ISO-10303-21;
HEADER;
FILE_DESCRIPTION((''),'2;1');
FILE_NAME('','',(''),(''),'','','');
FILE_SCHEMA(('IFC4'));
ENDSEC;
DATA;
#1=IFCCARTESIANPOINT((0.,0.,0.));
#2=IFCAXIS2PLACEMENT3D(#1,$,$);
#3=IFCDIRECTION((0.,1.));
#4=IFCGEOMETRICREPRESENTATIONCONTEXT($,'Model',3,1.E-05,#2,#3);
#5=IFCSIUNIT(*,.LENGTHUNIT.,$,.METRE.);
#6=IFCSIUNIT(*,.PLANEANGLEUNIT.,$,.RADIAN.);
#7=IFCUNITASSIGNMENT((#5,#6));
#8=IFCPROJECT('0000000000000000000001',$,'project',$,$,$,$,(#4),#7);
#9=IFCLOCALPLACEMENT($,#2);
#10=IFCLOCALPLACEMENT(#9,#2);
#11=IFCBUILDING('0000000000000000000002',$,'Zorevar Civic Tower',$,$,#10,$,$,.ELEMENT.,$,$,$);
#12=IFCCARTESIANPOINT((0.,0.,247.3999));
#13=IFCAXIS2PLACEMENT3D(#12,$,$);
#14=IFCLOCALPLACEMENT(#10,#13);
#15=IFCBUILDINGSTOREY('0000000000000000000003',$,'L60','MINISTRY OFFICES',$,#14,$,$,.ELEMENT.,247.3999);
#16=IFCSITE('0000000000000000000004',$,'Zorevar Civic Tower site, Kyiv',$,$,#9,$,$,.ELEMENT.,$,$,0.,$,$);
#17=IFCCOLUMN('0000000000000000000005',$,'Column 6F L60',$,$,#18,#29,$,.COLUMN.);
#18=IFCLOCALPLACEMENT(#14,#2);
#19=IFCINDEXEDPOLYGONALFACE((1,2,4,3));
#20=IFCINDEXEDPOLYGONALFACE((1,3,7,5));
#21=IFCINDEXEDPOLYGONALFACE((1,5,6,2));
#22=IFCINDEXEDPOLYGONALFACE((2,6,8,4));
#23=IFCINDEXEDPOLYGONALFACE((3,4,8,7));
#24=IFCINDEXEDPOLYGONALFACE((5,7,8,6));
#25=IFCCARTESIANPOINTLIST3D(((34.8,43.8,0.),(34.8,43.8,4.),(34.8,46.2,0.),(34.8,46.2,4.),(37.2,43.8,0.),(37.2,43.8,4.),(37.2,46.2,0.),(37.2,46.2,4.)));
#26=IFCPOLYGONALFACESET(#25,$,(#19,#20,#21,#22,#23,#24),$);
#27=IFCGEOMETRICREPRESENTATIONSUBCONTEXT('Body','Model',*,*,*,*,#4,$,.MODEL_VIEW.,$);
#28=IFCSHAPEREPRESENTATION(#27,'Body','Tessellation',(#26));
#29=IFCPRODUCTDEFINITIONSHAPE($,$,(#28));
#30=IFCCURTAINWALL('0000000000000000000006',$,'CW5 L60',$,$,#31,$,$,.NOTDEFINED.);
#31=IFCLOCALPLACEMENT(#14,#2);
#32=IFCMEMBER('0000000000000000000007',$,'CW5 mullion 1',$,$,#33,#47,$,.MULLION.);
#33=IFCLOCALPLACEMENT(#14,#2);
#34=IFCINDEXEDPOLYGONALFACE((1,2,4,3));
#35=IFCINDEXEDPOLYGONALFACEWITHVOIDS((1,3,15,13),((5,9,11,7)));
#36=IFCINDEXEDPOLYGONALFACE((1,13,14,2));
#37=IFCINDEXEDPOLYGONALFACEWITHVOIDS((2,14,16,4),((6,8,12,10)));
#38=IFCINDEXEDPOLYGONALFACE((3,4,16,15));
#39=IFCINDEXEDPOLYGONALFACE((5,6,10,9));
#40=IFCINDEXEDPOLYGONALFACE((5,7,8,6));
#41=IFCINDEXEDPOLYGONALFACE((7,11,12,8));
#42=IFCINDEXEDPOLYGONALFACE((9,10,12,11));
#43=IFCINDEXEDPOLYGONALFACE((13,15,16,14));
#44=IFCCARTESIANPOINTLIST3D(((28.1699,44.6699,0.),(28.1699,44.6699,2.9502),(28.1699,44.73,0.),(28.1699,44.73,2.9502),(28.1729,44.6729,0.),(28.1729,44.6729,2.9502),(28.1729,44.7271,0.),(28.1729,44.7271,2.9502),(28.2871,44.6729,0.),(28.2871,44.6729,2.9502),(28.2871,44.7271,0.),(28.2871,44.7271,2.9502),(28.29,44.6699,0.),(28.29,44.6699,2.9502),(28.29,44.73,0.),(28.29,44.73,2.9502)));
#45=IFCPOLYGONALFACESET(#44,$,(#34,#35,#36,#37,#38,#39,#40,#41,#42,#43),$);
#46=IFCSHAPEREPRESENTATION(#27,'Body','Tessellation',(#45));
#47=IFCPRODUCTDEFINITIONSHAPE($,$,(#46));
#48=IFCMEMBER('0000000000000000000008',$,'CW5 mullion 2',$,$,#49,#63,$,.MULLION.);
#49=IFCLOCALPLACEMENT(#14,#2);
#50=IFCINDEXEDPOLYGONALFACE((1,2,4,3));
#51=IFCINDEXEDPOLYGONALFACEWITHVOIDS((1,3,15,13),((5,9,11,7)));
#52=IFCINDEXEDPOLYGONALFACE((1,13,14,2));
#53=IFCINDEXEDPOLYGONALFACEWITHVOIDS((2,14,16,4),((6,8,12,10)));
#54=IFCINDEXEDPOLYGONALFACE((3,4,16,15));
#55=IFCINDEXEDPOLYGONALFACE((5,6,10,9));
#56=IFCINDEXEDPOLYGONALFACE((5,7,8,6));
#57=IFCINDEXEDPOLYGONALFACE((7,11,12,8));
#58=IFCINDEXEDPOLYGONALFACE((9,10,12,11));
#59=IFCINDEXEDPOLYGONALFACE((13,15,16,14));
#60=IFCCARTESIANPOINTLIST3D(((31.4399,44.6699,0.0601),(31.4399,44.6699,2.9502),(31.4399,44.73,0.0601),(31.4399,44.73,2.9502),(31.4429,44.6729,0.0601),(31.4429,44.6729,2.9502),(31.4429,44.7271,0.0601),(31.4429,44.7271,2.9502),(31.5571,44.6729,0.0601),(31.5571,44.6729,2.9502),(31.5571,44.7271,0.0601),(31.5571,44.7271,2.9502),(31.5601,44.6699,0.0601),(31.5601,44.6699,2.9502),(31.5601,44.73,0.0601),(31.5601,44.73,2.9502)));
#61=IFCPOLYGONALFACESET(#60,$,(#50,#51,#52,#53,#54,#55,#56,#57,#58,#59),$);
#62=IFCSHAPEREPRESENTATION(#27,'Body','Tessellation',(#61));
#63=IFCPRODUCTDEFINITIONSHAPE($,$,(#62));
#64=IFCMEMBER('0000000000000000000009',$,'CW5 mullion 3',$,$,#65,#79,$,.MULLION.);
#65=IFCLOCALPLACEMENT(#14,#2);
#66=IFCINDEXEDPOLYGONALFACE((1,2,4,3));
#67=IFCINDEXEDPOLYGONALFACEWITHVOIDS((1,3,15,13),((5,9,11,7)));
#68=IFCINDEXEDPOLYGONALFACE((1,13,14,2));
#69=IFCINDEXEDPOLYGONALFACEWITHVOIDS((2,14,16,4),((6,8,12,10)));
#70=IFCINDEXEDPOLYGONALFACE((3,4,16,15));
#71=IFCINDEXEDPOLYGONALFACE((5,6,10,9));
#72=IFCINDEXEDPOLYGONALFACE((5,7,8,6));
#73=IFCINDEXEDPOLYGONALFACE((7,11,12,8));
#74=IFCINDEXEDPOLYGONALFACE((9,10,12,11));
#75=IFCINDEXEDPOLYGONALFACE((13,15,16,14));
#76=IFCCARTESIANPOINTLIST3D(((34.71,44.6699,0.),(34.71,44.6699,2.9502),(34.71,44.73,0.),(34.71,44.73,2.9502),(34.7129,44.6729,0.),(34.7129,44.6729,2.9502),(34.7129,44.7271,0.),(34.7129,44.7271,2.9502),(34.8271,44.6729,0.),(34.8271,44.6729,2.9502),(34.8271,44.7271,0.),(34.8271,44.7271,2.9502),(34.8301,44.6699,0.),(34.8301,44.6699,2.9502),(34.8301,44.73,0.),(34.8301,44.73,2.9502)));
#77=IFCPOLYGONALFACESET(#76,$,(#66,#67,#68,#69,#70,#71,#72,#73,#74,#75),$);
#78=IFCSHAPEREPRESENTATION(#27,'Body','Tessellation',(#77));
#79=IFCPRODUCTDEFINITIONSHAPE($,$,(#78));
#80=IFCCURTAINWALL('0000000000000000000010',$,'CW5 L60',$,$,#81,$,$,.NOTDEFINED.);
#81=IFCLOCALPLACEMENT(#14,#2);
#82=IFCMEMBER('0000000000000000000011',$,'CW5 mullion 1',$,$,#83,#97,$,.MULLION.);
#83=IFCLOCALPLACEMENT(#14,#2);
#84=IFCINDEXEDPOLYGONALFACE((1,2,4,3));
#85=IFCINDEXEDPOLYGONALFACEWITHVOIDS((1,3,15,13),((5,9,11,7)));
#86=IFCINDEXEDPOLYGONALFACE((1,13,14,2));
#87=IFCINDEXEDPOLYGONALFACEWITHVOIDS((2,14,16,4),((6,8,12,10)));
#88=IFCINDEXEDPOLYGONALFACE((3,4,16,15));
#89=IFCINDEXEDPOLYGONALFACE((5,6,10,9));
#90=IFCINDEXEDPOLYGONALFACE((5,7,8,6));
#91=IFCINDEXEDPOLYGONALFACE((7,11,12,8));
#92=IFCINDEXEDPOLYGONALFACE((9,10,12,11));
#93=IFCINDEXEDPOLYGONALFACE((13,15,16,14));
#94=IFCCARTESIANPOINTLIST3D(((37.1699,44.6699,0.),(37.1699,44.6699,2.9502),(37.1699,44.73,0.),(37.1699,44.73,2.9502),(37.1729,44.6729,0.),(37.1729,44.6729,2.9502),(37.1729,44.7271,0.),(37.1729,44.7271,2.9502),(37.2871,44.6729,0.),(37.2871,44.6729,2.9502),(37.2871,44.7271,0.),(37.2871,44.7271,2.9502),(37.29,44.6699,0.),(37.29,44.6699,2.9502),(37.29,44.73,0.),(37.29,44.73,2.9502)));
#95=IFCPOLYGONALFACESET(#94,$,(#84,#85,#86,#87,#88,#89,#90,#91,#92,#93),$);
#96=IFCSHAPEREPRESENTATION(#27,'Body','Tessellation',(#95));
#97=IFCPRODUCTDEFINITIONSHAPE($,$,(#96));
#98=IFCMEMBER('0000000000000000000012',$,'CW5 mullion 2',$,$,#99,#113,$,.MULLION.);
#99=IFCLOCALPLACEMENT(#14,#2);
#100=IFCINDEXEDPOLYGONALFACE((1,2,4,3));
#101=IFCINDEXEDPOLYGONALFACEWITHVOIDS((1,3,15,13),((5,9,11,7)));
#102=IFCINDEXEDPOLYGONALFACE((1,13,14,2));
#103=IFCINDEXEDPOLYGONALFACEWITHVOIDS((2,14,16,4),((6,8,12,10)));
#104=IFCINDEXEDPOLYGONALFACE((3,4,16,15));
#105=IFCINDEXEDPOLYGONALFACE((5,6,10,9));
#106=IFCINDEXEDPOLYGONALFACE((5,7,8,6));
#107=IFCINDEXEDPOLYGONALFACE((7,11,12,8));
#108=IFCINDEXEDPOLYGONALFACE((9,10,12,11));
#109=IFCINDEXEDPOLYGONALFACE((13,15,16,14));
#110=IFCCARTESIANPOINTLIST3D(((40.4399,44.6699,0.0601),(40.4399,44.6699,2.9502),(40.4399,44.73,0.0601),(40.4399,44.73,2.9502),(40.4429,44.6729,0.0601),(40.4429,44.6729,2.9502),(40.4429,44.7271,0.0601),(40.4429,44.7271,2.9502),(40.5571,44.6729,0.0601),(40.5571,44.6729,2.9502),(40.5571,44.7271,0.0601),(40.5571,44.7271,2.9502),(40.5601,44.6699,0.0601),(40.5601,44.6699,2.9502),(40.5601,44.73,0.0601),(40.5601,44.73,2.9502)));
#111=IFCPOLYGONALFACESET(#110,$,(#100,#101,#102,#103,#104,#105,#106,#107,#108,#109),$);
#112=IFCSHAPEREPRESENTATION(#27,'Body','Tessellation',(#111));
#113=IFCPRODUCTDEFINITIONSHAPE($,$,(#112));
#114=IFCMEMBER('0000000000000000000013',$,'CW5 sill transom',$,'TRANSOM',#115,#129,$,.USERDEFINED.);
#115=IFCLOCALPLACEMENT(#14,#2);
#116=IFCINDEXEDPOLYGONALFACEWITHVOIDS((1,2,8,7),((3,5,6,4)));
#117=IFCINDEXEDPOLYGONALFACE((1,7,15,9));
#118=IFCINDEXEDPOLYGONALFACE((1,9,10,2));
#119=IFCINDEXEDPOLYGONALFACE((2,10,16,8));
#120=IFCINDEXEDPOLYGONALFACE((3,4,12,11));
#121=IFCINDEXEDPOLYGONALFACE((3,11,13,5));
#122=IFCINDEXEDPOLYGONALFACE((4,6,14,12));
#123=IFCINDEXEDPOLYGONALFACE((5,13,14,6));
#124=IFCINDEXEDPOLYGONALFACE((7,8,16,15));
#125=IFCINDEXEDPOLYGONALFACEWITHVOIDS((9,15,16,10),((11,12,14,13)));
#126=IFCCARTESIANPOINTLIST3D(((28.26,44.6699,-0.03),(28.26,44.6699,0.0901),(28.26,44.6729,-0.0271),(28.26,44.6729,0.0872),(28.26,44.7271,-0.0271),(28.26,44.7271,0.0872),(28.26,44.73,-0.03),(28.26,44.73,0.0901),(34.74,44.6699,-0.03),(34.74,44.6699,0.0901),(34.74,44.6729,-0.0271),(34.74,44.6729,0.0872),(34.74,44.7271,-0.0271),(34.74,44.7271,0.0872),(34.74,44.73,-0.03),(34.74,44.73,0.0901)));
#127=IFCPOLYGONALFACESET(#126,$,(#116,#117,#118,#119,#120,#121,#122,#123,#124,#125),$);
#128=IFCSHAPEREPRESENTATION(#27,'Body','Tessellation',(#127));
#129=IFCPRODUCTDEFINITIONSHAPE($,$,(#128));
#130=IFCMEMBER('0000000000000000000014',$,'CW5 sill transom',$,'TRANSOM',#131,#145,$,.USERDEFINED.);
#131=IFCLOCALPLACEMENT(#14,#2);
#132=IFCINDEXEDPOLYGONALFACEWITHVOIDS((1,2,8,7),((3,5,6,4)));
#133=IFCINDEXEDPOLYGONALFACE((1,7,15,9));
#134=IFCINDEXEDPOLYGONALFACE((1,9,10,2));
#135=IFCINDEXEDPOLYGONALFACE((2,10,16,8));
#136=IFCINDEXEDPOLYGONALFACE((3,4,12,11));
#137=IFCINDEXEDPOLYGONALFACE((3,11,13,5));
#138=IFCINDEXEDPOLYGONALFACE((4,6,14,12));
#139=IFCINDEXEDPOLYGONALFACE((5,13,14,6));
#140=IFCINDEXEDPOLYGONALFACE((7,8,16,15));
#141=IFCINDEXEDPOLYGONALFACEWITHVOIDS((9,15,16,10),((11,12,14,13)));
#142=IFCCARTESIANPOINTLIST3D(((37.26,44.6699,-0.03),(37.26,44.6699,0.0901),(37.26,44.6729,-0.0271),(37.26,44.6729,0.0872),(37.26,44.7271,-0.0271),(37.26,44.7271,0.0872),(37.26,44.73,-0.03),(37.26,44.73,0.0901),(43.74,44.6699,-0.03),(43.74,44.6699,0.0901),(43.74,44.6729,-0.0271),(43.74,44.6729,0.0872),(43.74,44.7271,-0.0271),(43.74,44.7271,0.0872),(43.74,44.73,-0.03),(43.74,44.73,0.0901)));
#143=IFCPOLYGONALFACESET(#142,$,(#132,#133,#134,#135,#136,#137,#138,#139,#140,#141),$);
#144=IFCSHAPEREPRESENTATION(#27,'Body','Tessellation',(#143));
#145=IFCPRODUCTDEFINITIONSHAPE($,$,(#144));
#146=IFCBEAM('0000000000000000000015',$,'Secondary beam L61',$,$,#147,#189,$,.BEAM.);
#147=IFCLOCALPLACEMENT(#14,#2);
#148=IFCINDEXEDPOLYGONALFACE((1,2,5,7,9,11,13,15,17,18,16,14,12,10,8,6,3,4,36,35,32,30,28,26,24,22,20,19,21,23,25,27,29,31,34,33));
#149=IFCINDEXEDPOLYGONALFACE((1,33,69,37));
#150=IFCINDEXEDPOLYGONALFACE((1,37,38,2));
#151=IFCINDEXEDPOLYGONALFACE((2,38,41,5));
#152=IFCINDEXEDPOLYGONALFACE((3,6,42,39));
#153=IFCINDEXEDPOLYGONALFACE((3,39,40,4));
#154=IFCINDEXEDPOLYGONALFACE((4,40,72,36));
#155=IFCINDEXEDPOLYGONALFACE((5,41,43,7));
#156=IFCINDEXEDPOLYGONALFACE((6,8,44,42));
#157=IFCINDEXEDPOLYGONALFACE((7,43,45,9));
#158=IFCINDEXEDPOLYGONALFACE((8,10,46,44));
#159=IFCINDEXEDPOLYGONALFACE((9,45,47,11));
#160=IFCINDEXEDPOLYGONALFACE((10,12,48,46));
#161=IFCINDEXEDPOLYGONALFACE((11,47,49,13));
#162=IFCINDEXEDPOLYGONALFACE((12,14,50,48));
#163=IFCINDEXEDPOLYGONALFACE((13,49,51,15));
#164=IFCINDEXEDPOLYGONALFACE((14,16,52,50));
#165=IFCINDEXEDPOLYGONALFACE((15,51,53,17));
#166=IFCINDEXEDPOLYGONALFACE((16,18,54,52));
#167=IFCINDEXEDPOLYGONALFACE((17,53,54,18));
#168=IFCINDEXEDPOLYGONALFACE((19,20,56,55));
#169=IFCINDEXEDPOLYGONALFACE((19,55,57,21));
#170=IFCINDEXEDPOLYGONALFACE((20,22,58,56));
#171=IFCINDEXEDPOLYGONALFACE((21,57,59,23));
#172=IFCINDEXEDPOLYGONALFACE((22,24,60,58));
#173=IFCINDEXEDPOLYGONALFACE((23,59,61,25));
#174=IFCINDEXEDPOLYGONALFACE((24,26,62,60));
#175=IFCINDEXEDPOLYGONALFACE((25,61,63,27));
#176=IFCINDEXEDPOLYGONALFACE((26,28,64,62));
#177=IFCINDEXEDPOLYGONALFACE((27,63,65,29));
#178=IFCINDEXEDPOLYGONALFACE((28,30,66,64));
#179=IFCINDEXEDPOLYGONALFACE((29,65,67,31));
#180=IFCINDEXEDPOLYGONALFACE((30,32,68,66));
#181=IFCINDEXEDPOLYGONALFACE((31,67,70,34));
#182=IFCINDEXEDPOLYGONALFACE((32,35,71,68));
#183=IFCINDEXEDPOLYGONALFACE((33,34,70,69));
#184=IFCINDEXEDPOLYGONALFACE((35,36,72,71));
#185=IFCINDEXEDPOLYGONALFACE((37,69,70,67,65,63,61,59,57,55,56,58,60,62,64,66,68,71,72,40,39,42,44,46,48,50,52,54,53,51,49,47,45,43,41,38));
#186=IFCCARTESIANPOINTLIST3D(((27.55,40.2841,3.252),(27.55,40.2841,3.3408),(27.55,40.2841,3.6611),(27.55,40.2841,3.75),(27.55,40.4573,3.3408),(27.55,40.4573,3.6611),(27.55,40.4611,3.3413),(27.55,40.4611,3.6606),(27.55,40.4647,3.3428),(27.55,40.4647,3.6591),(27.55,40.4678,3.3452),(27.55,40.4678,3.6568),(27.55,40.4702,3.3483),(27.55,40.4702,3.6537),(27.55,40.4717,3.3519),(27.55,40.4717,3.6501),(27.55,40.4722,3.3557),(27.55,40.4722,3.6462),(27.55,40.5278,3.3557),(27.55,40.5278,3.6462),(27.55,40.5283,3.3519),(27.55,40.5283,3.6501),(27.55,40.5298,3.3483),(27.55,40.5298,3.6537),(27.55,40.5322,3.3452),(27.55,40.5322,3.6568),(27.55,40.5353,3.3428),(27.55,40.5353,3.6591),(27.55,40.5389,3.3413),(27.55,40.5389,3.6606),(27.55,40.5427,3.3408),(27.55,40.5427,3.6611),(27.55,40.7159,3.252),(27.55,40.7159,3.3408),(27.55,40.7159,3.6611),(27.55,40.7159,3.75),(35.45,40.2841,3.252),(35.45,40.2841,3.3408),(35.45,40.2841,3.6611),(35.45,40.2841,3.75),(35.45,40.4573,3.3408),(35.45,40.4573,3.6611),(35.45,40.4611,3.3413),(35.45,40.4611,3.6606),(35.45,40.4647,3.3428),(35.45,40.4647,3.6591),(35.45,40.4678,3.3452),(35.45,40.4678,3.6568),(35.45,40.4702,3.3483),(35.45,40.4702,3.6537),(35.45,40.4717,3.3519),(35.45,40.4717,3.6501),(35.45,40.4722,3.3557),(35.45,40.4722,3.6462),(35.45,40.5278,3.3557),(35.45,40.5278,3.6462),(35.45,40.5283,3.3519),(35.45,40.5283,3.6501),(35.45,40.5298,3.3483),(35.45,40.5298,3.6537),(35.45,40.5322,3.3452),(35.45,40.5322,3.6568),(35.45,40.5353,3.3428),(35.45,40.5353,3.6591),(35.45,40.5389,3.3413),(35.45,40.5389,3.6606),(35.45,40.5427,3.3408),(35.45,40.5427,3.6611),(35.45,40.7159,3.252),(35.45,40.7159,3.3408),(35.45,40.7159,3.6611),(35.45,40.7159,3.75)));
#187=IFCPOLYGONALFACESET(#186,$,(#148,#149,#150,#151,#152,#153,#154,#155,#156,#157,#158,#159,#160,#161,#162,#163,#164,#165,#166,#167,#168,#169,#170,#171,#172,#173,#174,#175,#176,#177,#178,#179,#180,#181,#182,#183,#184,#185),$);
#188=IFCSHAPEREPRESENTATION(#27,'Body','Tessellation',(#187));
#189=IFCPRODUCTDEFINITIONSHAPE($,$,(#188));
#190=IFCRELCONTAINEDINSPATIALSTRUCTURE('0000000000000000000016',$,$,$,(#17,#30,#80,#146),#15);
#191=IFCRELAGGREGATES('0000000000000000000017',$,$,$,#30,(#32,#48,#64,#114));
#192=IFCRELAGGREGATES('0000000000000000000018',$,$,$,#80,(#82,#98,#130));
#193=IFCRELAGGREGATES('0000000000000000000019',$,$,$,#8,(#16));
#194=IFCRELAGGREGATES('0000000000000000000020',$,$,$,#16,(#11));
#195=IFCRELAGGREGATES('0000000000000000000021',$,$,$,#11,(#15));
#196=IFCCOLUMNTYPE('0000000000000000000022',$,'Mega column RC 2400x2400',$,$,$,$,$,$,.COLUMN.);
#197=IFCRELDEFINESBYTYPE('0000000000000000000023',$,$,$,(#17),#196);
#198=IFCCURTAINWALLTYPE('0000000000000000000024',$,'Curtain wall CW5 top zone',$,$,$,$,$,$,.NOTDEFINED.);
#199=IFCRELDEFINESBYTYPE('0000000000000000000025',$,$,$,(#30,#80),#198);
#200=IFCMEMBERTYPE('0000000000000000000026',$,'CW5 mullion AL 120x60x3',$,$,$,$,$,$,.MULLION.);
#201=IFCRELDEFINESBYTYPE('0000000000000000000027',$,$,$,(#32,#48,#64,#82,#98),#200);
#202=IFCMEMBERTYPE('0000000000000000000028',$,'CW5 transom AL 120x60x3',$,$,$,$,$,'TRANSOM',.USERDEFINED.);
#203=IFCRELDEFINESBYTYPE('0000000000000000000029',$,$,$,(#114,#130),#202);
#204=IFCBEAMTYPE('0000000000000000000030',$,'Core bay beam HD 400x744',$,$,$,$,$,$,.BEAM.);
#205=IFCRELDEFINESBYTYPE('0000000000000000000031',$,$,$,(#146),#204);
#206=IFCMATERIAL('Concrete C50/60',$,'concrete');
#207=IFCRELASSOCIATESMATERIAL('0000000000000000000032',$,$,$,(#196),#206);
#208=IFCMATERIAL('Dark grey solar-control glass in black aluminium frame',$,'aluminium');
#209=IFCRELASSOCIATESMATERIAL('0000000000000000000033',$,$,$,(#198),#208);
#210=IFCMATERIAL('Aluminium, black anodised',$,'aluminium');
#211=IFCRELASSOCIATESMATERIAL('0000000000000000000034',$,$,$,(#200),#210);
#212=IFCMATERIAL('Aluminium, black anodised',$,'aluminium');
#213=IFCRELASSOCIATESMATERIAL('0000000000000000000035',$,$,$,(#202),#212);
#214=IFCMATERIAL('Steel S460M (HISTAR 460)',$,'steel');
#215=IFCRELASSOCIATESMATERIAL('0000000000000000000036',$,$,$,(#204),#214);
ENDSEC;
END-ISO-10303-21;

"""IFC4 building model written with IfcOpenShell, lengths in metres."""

from ifc_helpers import new_model, si_unit, direction, frame, origin, origin_2d, place, context, subcontext, project, spatial, rectangle, hollow_rectangle, i_section, extrude, material, material_profile, profile_set, type_object, element, aggregate, save


model = new_model("IFC4")

# Units and contexts
model_context = context("Model", 3, precision=1e-05, world=origin(), true_north=direction((0.0, 1.0)))
body_context = subcontext(model_context, "Body", "Model", "MODEL_VIEW")
ifc_project = project(units=[si_unit("LENGTHUNIT", "METRE"), si_unit("PLANEANGLEUNIT", "RADIAN")], contexts=[model_context])

# Site, building, storey
site_placement = place(None, origin())
site = spatial("IfcSite", under=ifc_project, at=site_placement, Name="Zorevar Civic Tower site, Kyiv", CompositionType="ELEMENT", RefElevation=0.0)
building_placement = place(site_placement, origin())
building = spatial("IfcBuilding", under=site, at=building_placement, Name="Zorevar Civic Tower", CompositionType="ELEMENT")
storey_placement = place(building_placement, frame((0.0, 0.0, 247.3999)))
storey = spatial("IfcBuildingStorey", under=building, at=storey_placement, Name="L60", Description="MINISTRY OFFICES", CompositionType="ELEMENT", Elevation=247.3999)

# Column
ifc_material_1 = material(Name="Concrete C50/60", Category="concrete")
ifc_material_profile_1 = material_profile(ifc_material_1, rectangle(XDim=2.3999, YDim=2.3999, at=origin_2d()), Name="RC 2400x2400")
ifc_profile_set_1 = profile_set([ifc_material_profile_1], Name="Concrete C50/60")
column_type = type_object("IfcColumnType", Name="Mega column RC 2400x2400", PredefinedType="COLUMN", material=ifc_profile_set_1)
column_placement = place(storey_placement, frame((36.0, 45.0, 0.0), z_axis=(0.0, 0.0, 1.0), x_axis=(1.0, 0.0, 0.0)))
element("IfcColumn", 1, at=column_placement, inside=storey, type_object=column_type, Name="Column 6F L60", PredefinedType="COLUMN", context=body_context, shape_type="SweptSolid", body=[
    extrude(rectangle(XDim=2.3999, YDim=2.3999, at=origin_2d()), origin(), (0.0, 0.0, 1.0), 4.0),
])

# Curtain walls, members
ifc_material_2 = material(Name="Dark grey solar-control glass in black aluminium frame", Category="aluminium")
curtain_wall_type = type_object("IfcCurtainWallType", Name="Curtain wall CW5 top zone", PredefinedType="NOTDEFINED", material=ifc_material_2)
curtain_wall_1_placement = place(storey_placement, origin())
curtain_wall_1 = element("IfcCurtainWall", 2, at=curtain_wall_1_placement, inside=storey, type_object=curtain_wall_type, Name="CW5 L60", PredefinedType="NOTDEFINED")
ifc_material_3 = material(Name="Aluminium, black anodised", Category="aluminium")
ifc_material_profile_2 = material_profile(ifc_material_3, hollow_rectangle(XDim=0.0601, YDim=0.1201, WallThickness=0.0029, at=origin_2d()), Name="AL 120x60x3")
ifc_profile_set_2 = profile_set([ifc_material_profile_2], Name="Aluminium, black anodised")
member_type_1 = type_object("IfcMemberType", Name="CW5 mullion AL 120x60x3", PredefinedType="MULLION", material=ifc_profile_set_2)
member_1_placement = place(storey_placement, frame((28.23, 44.7, 0.0), z_axis=(0.0, 0.0, 1.0), x_axis=(0.0, 1.0, 0.0)))
member_1 = element("IfcMember", 3, at=member_1_placement, type_object=member_type_1, Name="CW5 mullion 1", PredefinedType="MULLION", context=body_context, shape_type="SweptSolid", body=[
    extrude(hollow_rectangle(XDim=0.0601, YDim=0.1201, WallThickness=0.0029, at=origin_2d()), origin(), (0.0, 0.0, 1.0), 2.9502),
])
member_2_placement = place(storey_placement, frame((31.5, 44.7, 0.0601), z_axis=(0.0, 0.0, 1.0), x_axis=(0.0, 1.0, 0.0)))
member_2 = element("IfcMember", 4, at=member_2_placement, type_object=member_type_1, Name="CW5 mullion 2", PredefinedType="MULLION", context=body_context, shape_type="SweptSolid", body=[
    extrude(hollow_rectangle(XDim=0.0601, YDim=0.1201, WallThickness=0.0029, at=origin_2d()), origin(), (0.0, 0.0, 1.0), 2.8901),
])
member_3_placement = place(storey_placement, frame((34.77, 44.7, 0.0), z_axis=(0.0, 0.0, 1.0), x_axis=(0.0, 1.0, 0.0)))
member_3 = element("IfcMember", 5, at=member_3_placement, type_object=member_type_1, Name="CW5 mullion 3", PredefinedType="MULLION", context=body_context, shape_type="SweptSolid", body=[
    extrude(hollow_rectangle(XDim=0.0601, YDim=0.1201, WallThickness=0.0029, at=origin_2d()), origin(), (0.0, 0.0, 1.0), 2.9502),
])
curtain_wall_2_placement = place(storey_placement, origin())
curtain_wall_2 = element("IfcCurtainWall", 6, at=curtain_wall_2_placement, inside=storey, type_object=curtain_wall_type, Name="CW5 L60", PredefinedType="NOTDEFINED")
member_4_placement = place(storey_placement, frame((37.23, 44.7, 0.0), z_axis=(0.0, 0.0, 1.0), x_axis=(0.0, 1.0, 0.0)))
member_4 = element("IfcMember", 7, at=member_4_placement, type_object=member_type_1, Name="CW5 mullion 1", PredefinedType="MULLION", context=body_context, shape_type="SweptSolid", body=[
    extrude(hollow_rectangle(XDim=0.0601, YDim=0.1201, WallThickness=0.0029, at=origin_2d()), origin(), (0.0, 0.0, 1.0), 2.9502),
])
member_5_placement = place(storey_placement, frame((40.5, 44.7, 0.0601), z_axis=(0.0, 0.0, 1.0), x_axis=(0.0, 1.0, 0.0)))
member_5 = element("IfcMember", 8, at=member_5_placement, type_object=member_type_1, Name="CW5 mullion 2", PredefinedType="MULLION", context=body_context, shape_type="SweptSolid", body=[
    extrude(hollow_rectangle(XDim=0.0601, YDim=0.1201, WallThickness=0.0029, at=origin_2d()), origin(), (0.0, 0.0, 1.0), 2.8901),
])

# Members
ifc_material_4 = material(Name="Aluminium, black anodised", Category="aluminium")
ifc_material_profile_3 = material_profile(ifc_material_4, hollow_rectangle(XDim=0.0601, YDim=0.1201, WallThickness=0.0029, at=origin_2d()), Name="AL 120x60x3")
ifc_profile_set_3 = profile_set([ifc_material_profile_3], Name="Aluminium, black anodised")
member_type_2 = type_object("IfcMemberType", Name="CW5 transom AL 120x60x3", ElementType="TRANSOM", PredefinedType="USERDEFINED", material=ifc_profile_set_3)
member_6_placement = place(storey_placement, frame((28.26, 44.7, 0.03), z_axis=(1.0, 0.0, 0.0), x_axis=(0.0, 1.0, 0.0)))
member_6 = element("IfcMember", 9, at=member_6_placement, type_object=member_type_2, Name="CW5 sill transom", ObjectType="TRANSOM", PredefinedType="USERDEFINED", context=body_context, shape_type="SweptSolid", body=[
    extrude(hollow_rectangle(XDim=0.0601, YDim=0.1201, WallThickness=0.0029, at=origin_2d()), origin(), (0.0, 0.0, 1.0), 6.48),
])
member_7_placement = place(storey_placement, frame((37.26, 44.7, 0.03), z_axis=(1.0, 0.0, 0.0), x_axis=(0.0, 1.0, 0.0)))
member_7 = element("IfcMember", 10, at=member_7_placement, type_object=member_type_2, Name="CW5 sill transom", ObjectType="TRANSOM", PredefinedType="USERDEFINED", context=body_context, shape_type="SweptSolid", body=[
    extrude(hollow_rectangle(XDim=0.0601, YDim=0.1201, WallThickness=0.0029, at=origin_2d()), origin(), (0.0, 0.0, 1.0), 6.48),
])

# Beam
ifc_material_5 = material(Name="Steel S460M (HISTAR 460)", Category="steel")
ifc_material_profile_4 = material_profile(ifc_material_5, i_section(OverallWidth=0.4319, OverallDepth=0.498, WebThickness=0.0557, FlangeThickness=0.0889, FilletRadius=0.0149, at=origin_2d()), Name="HD 400x744")
ifc_profile_set_4 = profile_set([ifc_material_profile_4], Name="Steel S460M (HISTAR 460)")
beam_type_1 = type_object("IfcBeamType", Name="Core bay beam HD 400x744", PredefinedType="BEAM", material=ifc_profile_set_4)
for number, where, z_axis, x_axis, name in (
    (11, (27.55, 40.5, 3.501), (1.0, 0.0, 0.0), (0.0, 1.0, 0.0), "Secondary beam L61"),
):
    element("IfcBeam", number, at=place(storey_placement, frame(where, z_axis=z_axis, x_axis=x_axis)), inside=storey, type_object=beam_type_1, Name=name, PredefinedType="BEAM", context=body_context, shape_type="SweptSolid", body=[
        extrude(i_section(OverallWidth=0.4319, OverallDepth=0.498, WebThickness=0.0557, FlangeThickness=0.0889, FilletRadius=0.0149, at=origin_2d()), origin(), (0.0, 0.0, 1.0), 7.8999),
    ])

aggregate(curtain_wall_1, [member_1, member_2, member_3, member_6])
aggregate(curtain_wall_2, [member_4, member_5, member_7])

save(model, "model.ifc")
